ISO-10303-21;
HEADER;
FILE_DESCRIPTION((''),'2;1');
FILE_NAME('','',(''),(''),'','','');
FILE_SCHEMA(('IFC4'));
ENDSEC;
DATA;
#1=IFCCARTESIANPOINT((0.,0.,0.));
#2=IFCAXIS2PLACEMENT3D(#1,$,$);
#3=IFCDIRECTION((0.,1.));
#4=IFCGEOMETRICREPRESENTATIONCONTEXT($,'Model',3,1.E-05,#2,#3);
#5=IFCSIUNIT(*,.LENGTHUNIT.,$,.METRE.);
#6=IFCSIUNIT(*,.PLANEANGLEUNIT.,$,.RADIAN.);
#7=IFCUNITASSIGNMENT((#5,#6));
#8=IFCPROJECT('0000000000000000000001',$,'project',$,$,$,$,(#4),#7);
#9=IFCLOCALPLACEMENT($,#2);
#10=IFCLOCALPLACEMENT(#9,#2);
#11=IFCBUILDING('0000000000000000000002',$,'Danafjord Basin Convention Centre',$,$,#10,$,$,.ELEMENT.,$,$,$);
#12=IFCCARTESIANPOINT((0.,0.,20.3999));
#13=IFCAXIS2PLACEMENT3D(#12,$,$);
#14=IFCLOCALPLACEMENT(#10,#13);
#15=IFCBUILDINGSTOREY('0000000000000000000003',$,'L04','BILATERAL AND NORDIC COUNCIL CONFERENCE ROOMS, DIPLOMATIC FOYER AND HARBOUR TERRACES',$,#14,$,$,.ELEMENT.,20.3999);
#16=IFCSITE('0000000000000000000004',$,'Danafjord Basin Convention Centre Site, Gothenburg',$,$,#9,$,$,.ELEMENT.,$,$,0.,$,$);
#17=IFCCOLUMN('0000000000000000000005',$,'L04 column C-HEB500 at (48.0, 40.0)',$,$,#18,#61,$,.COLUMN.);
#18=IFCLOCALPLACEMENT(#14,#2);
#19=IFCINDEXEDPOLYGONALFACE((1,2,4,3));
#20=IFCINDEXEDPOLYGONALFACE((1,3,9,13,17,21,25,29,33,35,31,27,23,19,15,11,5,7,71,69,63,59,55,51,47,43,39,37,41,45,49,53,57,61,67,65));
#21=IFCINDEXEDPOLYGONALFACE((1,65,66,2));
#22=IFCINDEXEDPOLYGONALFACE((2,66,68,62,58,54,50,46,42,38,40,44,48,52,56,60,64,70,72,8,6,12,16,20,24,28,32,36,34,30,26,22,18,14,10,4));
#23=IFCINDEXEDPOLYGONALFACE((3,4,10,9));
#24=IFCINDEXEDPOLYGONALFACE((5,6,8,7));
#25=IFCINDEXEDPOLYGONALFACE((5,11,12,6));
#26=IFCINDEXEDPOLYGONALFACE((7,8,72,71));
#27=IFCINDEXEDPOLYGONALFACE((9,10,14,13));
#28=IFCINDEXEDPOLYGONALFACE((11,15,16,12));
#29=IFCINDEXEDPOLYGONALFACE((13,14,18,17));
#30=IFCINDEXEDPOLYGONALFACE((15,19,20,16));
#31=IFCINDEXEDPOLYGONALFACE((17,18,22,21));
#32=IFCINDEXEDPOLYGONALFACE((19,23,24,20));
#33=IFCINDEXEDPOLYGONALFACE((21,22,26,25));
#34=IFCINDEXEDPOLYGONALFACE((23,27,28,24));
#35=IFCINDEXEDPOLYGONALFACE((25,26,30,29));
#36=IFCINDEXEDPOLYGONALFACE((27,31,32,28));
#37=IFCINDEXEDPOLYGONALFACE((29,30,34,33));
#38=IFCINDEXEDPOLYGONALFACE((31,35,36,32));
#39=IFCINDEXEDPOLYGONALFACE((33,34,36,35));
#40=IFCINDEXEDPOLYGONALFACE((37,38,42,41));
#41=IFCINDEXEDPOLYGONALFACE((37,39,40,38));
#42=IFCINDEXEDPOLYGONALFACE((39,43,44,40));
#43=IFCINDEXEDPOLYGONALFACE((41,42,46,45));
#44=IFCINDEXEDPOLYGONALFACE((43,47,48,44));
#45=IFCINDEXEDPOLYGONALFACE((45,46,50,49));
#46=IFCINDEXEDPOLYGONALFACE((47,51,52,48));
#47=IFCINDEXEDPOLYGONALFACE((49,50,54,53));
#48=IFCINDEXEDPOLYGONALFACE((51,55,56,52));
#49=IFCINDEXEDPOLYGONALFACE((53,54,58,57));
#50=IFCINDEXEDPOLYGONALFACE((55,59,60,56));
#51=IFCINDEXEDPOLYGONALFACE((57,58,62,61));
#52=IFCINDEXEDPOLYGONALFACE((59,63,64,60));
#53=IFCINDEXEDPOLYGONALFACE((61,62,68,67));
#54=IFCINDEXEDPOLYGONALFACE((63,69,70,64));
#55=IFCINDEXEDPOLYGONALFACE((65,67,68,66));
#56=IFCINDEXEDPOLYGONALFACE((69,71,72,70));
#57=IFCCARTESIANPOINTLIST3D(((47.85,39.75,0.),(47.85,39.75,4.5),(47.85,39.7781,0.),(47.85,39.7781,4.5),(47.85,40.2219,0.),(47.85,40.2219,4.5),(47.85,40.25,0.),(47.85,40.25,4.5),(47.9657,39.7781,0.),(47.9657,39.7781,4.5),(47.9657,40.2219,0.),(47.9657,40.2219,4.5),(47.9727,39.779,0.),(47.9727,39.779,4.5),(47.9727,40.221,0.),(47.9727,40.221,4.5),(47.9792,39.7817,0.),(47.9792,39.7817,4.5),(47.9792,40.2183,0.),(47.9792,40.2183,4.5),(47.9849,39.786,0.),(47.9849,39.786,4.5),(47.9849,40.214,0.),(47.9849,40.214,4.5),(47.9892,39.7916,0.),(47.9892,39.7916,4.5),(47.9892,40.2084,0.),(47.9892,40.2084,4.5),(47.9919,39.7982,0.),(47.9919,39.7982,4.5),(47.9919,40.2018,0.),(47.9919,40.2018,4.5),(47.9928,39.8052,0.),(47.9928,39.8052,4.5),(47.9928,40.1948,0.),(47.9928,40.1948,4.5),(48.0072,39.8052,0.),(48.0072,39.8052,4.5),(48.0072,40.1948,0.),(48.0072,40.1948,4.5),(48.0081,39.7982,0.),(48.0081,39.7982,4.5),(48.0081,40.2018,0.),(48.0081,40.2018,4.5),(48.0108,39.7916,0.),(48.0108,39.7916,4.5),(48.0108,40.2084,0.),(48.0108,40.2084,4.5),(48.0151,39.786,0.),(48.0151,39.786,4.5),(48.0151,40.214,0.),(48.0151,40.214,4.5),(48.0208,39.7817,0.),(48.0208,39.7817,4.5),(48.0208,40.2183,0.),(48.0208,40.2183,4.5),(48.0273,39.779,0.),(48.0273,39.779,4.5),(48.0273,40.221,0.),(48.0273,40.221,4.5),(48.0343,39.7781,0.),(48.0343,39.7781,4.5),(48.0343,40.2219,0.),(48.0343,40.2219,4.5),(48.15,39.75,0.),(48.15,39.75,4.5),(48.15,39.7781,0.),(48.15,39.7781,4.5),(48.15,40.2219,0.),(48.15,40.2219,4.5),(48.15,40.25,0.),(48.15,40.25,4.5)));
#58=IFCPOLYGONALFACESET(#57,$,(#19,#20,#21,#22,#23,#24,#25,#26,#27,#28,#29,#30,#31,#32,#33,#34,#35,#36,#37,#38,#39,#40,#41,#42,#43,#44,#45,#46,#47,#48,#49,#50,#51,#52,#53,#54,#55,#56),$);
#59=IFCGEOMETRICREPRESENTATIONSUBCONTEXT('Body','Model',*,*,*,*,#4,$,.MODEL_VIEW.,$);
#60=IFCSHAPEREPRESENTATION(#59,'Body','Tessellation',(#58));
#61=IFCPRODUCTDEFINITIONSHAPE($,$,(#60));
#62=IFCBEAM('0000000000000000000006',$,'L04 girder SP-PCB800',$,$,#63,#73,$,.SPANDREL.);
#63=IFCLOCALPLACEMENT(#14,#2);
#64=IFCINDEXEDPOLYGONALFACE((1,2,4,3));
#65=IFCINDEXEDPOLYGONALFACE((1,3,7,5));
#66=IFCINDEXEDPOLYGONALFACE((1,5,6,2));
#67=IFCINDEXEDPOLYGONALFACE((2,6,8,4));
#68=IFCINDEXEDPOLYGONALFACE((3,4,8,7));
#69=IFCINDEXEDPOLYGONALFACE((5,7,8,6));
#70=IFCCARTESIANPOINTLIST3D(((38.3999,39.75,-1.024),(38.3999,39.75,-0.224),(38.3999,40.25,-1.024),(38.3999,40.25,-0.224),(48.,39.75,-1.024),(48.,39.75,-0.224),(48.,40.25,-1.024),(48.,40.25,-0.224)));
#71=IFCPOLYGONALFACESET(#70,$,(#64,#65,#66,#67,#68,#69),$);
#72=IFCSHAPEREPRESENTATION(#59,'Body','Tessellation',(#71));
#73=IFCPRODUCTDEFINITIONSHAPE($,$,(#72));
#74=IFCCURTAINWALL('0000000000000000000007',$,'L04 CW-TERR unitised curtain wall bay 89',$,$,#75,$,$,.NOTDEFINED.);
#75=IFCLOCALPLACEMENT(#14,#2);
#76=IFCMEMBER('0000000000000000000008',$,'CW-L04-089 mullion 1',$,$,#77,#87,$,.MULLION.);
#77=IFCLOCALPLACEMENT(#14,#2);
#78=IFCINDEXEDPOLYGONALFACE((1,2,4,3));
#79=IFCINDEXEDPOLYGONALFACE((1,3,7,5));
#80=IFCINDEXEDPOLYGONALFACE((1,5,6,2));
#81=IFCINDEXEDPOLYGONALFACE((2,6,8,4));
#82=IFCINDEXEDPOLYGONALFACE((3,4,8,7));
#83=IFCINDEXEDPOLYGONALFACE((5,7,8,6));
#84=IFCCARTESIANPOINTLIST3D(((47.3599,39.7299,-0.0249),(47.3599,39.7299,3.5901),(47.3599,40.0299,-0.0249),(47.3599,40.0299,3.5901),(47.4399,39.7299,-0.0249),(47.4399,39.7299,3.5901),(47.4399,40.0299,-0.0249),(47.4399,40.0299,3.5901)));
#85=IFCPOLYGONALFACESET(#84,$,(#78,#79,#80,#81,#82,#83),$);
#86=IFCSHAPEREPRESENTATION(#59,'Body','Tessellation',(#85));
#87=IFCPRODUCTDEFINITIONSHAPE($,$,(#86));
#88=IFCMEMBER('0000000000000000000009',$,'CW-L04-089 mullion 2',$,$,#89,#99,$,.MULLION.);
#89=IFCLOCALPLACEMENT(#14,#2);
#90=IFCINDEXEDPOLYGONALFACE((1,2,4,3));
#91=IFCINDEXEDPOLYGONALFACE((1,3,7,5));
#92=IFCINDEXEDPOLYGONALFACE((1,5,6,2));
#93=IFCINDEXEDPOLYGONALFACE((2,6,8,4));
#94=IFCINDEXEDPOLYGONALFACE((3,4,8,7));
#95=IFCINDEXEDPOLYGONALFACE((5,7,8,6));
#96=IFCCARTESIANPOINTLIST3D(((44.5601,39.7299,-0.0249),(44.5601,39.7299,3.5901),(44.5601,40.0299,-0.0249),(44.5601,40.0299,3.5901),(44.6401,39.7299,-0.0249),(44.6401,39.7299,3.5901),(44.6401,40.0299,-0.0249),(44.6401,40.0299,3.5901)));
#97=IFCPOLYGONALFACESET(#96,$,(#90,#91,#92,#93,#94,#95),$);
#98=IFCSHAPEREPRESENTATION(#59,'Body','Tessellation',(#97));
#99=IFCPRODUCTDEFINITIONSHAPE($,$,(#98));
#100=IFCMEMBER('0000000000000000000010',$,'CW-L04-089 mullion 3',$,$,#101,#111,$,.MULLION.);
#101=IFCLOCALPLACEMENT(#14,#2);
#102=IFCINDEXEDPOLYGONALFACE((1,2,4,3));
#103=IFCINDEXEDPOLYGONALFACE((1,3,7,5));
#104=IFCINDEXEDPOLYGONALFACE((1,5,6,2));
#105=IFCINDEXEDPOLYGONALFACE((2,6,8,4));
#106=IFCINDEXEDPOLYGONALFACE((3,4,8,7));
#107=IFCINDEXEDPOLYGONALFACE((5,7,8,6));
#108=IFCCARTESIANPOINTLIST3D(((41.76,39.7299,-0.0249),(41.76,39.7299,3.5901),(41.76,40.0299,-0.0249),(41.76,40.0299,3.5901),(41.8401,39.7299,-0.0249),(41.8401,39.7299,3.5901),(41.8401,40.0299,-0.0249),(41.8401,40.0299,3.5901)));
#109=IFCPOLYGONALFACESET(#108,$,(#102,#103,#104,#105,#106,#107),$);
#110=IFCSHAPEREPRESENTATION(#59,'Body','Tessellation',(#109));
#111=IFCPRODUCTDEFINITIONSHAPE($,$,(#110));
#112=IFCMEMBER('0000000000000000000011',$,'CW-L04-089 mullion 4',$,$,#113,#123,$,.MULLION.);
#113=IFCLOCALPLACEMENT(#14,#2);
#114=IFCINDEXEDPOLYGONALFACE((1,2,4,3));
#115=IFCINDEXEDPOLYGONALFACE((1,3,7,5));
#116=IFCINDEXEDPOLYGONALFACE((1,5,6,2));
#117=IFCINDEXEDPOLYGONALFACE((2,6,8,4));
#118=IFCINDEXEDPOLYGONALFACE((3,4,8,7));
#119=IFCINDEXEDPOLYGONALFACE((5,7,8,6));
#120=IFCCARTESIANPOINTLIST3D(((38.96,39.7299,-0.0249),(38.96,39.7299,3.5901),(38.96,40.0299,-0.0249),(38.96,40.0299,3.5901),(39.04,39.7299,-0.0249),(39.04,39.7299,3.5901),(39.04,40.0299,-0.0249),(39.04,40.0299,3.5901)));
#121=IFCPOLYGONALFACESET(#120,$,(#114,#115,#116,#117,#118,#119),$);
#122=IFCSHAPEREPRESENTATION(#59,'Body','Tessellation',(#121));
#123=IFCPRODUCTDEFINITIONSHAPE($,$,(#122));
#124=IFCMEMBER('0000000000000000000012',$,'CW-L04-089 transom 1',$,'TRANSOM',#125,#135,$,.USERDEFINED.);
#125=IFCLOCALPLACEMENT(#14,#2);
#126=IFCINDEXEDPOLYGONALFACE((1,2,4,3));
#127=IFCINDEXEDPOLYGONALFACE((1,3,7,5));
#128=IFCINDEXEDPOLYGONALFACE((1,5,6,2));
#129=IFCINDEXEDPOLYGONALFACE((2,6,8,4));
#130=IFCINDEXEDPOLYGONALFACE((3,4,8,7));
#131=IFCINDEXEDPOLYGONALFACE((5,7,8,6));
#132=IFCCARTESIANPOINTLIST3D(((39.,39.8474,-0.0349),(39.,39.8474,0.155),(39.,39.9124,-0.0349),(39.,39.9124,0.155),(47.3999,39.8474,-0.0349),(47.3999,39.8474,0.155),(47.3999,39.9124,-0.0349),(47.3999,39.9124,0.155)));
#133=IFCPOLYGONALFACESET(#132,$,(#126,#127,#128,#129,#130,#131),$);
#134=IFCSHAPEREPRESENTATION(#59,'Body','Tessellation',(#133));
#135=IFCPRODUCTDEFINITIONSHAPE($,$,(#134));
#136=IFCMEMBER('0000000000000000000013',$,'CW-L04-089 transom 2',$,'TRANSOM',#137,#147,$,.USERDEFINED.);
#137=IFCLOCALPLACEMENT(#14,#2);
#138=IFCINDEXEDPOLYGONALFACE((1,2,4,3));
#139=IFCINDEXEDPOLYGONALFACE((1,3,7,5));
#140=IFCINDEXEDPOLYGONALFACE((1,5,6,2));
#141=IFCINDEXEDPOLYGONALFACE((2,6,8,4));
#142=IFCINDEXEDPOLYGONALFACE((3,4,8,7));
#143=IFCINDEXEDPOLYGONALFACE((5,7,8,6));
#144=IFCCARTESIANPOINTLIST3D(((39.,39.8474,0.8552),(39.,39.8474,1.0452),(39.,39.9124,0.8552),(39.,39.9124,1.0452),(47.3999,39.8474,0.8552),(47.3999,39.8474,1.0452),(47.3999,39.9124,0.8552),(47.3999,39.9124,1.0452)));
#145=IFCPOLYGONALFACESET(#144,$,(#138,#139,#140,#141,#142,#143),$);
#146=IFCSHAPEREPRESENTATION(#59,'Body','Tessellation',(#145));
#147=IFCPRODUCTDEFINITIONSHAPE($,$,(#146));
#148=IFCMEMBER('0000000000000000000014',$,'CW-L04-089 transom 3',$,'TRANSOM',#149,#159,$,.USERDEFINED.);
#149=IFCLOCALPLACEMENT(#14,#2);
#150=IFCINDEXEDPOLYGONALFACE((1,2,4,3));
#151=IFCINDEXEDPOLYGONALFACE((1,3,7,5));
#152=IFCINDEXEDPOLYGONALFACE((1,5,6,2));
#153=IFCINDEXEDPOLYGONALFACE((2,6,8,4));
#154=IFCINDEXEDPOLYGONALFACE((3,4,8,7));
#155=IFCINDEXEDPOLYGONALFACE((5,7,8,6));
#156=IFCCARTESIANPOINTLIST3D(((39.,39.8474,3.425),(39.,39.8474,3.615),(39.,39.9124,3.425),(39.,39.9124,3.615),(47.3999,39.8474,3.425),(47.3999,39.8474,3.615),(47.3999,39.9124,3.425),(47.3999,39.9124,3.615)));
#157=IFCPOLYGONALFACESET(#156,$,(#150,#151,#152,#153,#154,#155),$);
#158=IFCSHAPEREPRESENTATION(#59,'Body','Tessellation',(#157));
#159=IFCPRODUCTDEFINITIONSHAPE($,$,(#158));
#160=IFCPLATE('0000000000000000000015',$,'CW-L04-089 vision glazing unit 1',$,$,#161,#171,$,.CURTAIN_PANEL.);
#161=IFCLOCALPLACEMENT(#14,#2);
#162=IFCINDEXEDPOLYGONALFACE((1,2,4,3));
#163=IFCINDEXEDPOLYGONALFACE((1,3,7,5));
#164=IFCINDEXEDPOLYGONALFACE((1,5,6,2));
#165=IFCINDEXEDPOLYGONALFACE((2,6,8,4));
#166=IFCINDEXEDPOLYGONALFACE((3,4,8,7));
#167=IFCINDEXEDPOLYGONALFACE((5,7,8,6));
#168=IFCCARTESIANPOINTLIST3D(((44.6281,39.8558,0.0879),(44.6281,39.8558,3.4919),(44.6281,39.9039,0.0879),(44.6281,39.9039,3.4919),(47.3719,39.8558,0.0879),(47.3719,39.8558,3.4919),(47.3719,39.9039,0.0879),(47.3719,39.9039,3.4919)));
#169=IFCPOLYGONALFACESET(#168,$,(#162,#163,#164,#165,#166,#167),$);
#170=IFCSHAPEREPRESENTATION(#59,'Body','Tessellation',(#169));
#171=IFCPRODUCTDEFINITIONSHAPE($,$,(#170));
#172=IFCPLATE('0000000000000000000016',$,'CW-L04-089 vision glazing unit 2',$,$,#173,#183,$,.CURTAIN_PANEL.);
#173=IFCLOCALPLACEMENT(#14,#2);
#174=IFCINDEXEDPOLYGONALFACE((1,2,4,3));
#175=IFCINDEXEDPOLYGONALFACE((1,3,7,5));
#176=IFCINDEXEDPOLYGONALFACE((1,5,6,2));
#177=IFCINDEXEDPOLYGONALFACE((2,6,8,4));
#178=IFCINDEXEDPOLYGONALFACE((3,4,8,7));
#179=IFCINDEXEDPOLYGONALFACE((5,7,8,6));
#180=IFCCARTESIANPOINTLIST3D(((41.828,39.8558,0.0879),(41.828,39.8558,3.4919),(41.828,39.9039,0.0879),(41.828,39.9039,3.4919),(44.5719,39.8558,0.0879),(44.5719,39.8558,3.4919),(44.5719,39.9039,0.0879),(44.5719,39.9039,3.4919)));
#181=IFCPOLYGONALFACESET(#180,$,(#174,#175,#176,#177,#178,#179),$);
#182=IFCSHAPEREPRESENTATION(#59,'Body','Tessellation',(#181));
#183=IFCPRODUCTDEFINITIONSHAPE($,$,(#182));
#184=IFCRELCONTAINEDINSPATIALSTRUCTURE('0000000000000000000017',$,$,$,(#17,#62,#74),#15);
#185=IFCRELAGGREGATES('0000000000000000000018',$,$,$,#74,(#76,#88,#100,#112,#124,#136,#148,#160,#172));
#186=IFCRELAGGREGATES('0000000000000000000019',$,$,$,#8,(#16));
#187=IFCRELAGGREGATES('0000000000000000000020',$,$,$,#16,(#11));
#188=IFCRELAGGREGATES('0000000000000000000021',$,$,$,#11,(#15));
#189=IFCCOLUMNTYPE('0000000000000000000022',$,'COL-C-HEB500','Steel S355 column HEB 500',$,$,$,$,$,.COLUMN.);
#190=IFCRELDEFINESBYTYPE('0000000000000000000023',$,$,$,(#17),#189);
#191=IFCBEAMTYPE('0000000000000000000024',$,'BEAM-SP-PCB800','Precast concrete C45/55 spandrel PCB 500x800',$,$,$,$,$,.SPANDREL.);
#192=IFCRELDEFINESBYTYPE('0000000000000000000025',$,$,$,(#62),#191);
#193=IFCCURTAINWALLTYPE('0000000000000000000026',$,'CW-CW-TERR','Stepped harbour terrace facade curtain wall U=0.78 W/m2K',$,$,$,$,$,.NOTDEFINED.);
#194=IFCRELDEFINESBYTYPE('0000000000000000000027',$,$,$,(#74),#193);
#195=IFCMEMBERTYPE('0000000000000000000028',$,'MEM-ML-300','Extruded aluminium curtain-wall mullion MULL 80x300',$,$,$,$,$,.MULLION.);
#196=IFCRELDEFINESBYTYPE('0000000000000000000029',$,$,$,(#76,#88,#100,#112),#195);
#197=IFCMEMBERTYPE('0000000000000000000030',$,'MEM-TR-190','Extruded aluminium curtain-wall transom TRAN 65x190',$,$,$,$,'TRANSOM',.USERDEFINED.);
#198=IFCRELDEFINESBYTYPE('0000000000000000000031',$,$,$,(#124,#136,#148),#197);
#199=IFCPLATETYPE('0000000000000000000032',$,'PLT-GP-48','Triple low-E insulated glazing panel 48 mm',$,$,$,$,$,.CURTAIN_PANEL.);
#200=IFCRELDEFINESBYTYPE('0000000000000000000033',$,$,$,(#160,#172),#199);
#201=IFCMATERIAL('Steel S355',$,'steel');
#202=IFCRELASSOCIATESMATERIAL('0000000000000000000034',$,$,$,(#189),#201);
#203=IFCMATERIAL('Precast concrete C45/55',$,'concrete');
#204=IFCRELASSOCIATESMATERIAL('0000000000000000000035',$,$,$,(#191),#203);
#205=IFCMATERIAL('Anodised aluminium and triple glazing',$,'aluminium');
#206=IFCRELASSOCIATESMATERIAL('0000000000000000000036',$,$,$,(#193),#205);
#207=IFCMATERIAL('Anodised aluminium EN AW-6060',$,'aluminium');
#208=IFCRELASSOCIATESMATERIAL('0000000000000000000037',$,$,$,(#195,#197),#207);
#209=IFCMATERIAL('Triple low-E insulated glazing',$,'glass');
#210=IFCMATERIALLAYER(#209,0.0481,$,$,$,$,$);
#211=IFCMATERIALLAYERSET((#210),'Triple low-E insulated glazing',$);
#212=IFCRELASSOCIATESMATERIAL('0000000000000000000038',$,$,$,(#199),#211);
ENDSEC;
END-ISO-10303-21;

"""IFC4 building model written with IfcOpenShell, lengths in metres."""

from ifc_helpers import new_model, si_unit, direction, frame, origin, origin_2d, place, context, subcontext, project, spatial, rectangle, i_section, extrude, material, layer, layer_set, material_profile, profile_set, type_object, element, aggregate, save


model = new_model("IFC4")

# Units and contexts
model_context = context("Model", 3, precision=1e-05, world=origin(), true_north=direction((0.0, 1.0)))
body_context = subcontext(model_context, "Body", "Model", "MODEL_VIEW")
ifc_project = project(units=[si_unit("LENGTHUNIT", "METRE"), si_unit("PLANEANGLEUNIT", "RADIAN")], contexts=[model_context])

# Site, building, storey
site_placement = place(None, origin())
site = spatial("IfcSite", under=ifc_project, at=site_placement, Name="Danafjord Basin Convention Centre Site, Gothenburg", CompositionType="ELEMENT", RefElevation=0.0)
building_placement = place(site_placement, origin())
building = spatial("IfcBuilding", under=site, at=building_placement, Name="Danafjord Basin Convention Centre", CompositionType="ELEMENT")
storey_placement = place(building_placement, frame((0.0, 0.0, 20.3999)))
storey = spatial("IfcBuildingStorey", under=building, at=storey_placement, Name="L04", Description="BILATERAL AND NORDIC COUNCIL CONFERENCE ROOMS, DIPLOMATIC FOYER AND HARBOUR TERRACES", CompositionType="ELEMENT", Elevation=20.3999)

# Column
ifc_material_1 = material(Name="Steel S355", Category="steel")
ifc_material_profile_1 = material_profile(ifc_material_1, i_section(OverallWidth=0.3, OverallDepth=0.5, WebThickness=0.0144, FlangeThickness=0.0281, FilletRadius=0.0271, at=origin_2d()), Name="HEB 500")
ifc_profile_set_1 = profile_set([ifc_material_profile_1], Name="Steel S355")
column_type_1 = type_object("IfcColumnType", Name="COL-C-HEB500", Description="Steel S355 column HEB 500", PredefinedType="COLUMN", material=ifc_profile_set_1)
column_1_placement = place(storey_placement, frame((48.0, 40.0, 0.0), z_axis=(0.0, 0.0, 1.0), x_axis=(1.0, 0.0, 0.0)))
element("IfcColumn", 1, at=column_1_placement, inside=storey, type_object=column_type_1, Name="L04 column C-HEB500 at (48.0, 40.0)", PredefinedType="COLUMN", context=body_context, shape_type="SweptSolid", body=[
    extrude(i_section(OverallWidth=0.3, OverallDepth=0.5, WebThickness=0.0144, FlangeThickness=0.0281, FilletRadius=0.0271, at=origin_2d()), origin(), (0.0, 0.0, 1.0), 4.5),
])

# Beam
ifc_material_2 = material(Name="Precast concrete C45/55", Category="concrete")
ifc_material_profile_2 = material_profile(ifc_material_2, rectangle(XDim=0.5, YDim=0.8, at=origin_2d()), Name="PCB 500x800")
ifc_profile_set_2 = profile_set([ifc_material_profile_2], Name="Precast concrete C45/55")
beam_type = type_object("IfcBeamType", Name="BEAM-SP-PCB800", Description="Precast concrete C45/55 spandrel PCB 500x800", PredefinedType="SPANDREL", material=ifc_profile_set_2)
beam_placement = place(storey_placement, frame((38.3999, 40.0, -0.624), z_axis=(1.0, 0.0, 0.0), x_axis=(0.0, 1.0, 0.0)))
element("IfcBeam", 2, at=beam_placement, inside=storey, type_object=beam_type, Name="L04 girder SP-PCB800", PredefinedType="SPANDREL", context=body_context, shape_type="SweptSolid", body=[
    extrude(rectangle(XDim=0.5, YDim=0.8, at=origin_2d()), origin(), (0.0, 0.0, 1.0), 9.6001),
])

# Curtain wall, members, plates
ifc_material_3 = material(Name="Anodised aluminium and triple glazing", Category="aluminium")
curtain_wall_type = type_object("IfcCurtainWallType", Name="CW-CW-TERR", Description="Stepped harbour terrace facade curtain wall U=0.78 W/m2K", PredefinedType="NOTDEFINED", material=ifc_material_3)
curtain_wall_placement = place(storey_placement, origin())
curtain_wall = element("IfcCurtainWall", 3, at=curtain_wall_placement, inside=storey, type_object=curtain_wall_type, Name="L04 CW-TERR unitised curtain wall bay 89", PredefinedType="NOTDEFINED")
ifc_material_4 = material(Name="Anodised aluminium EN AW-6060", Category="aluminium")
ifc_material_profile_3 = material_profile(ifc_material_4, rectangle(XDim=0.0801, YDim=0.3, at=origin_2d()), Name="MULL 80x300")
ifc_profile_set_3 = profile_set([ifc_material_profile_3], Name="Anodised aluminium EN AW-6060")
member_type_1 = type_object("IfcMemberType", Name="MEM-ML-300", Description="Extruded aluminium curtain-wall mullion MULL 80x300", PredefinedType="MULLION", material=ifc_profile_set_3)
member_1_placement = place(storey_placement, frame((47.3999, 39.8799, -0.0249), z_axis=(0.0, 0.0, 1.0), x_axis=(-1.0, 0.0, 0.0)))
member_1 = element("IfcMember", 4, at=member_1_placement, type_object=member_type_1, Name="CW-L04-089 mullion 1", PredefinedType="MULLION", context=body_context, shape_type="SweptSolid", body=[
    extrude(rectangle(XDim=0.0801, YDim=0.3, at=origin_2d()), origin(), (0.0, 0.0, 1.0), 3.615),
])
member_2_placement = place(storey_placement, frame((44.6001, 39.8799, -0.0249), z_axis=(0.0, 0.0, 1.0), x_axis=(-1.0, 0.0, 0.0)))
member_2 = element("IfcMember", 5, at=member_2_placement, type_object=member_type_1, Name="CW-L04-089 mullion 2", PredefinedType="MULLION", context=body_context, shape_type="SweptSolid", body=[
    extrude(rectangle(XDim=0.0801, YDim=0.3, at=origin_2d()), origin(), (0.0, 0.0, 1.0), 3.615),
])
member_3_placement = place(storey_placement, frame((41.8, 39.8799, -0.0249), z_axis=(0.0, 0.0, 1.0), x_axis=(-1.0, 0.0, 0.0)))
member_3 = element("IfcMember", 6, at=member_3_placement, type_object=member_type_1, Name="CW-L04-089 mullion 3", PredefinedType="MULLION", context=body_context, shape_type="SweptSolid", body=[
    extrude(rectangle(XDim=0.0801, YDim=0.3, at=origin_2d()), origin(), (0.0, 0.0, 1.0), 3.615),
])
member_4_placement = place(storey_placement, frame((39.0, 39.8799, -0.0249), z_axis=(0.0, 0.0, 1.0), x_axis=(-1.0, 0.0, 0.0)))
member_4 = element("IfcMember", 7, at=member_4_placement, type_object=member_type_1, Name="CW-L04-089 mullion 4", PredefinedType="MULLION", context=body_context, shape_type="SweptSolid", body=[
    extrude(rectangle(XDim=0.0801, YDim=0.3, at=origin_2d()), origin(), (0.0, 0.0, 1.0), 3.615),
])
ifc_material_profile_4 = material_profile(ifc_material_4, rectangle(XDim=0.0649, YDim=0.1899, at=origin_2d()), Name="TRAN 65x190")
ifc_profile_set_4 = profile_set([ifc_material_profile_4], Name="Anodised aluminium EN AW-6060")
member_type_2 = type_object("IfcMemberType", Name="MEM-TR-190", Description="Extruded aluminium curtain-wall transom TRAN 65x190", ElementType="TRANSOM", PredefinedType="USERDEFINED", material=ifc_profile_set_4)
member_5_placement = place(storey_placement, frame((47.3999, 39.8799, 0.0601), z_axis=(-1.0, 0.0, 0.0), x_axis=(0.0, -1.0, 0.0)))
member_5 = element("IfcMember", 8, at=member_5_placement, type_object=member_type_2, Name="CW-L04-089 transom 1", ObjectType="TRANSOM", PredefinedType="USERDEFINED", context=body_context, shape_type="SweptSolid", body=[
    extrude(rectangle(XDim=0.0649, YDim=0.1899, at=origin_2d()), origin(), (0.0, 0.0, 1.0), 8.3999),
])
member_6_placement = place(storey_placement, frame((47.3999, 39.8799, 0.9502), z_axis=(-1.0, 0.0, 0.0), x_axis=(0.0, -1.0, 0.0)))
member_6 = element("IfcMember", 9, at=member_6_placement, type_object=member_type_2, Name="CW-L04-089 transom 2", ObjectType="TRANSOM", PredefinedType="USERDEFINED", context=body_context, shape_type="SweptSolid", body=[
    extrude(rectangle(XDim=0.0649, YDim=0.1899, at=origin_2d()), origin(), (0.0, 0.0, 1.0), 8.3999),
])
member_7_placement = place(storey_placement, frame((47.3999, 39.8799, 3.52), z_axis=(-1.0, 0.0, 0.0), x_axis=(0.0, -1.0, 0.0)))
member_7 = element("IfcMember", 10, at=member_7_placement, type_object=member_type_2, Name="CW-L04-089 transom 3", ObjectType="TRANSOM", PredefinedType="USERDEFINED", context=body_context, shape_type="SweptSolid", body=[
    extrude(rectangle(XDim=0.0649, YDim=0.1899, at=origin_2d()), origin(), (0.0, 0.0, 1.0), 8.3999),
])
ifc_material_5 = material(Name="Triple low-E insulated glazing", Category="glass")
ifc_layer_1 = layer(ifc_material_5, 0.0481)
ifc_layer_set_1 = layer_set([ifc_layer_1], Name="Triple low-E insulated glazing")
plate_type = type_object("IfcPlateType", Name="PLT-GP-48", Description="Triple low-E insulated glazing panel 48 mm", PredefinedType="CURTAIN_PANEL", material=ifc_layer_set_1)
plate_1_placement = place(storey_placement, frame((46.0, 39.8799, 0.0879), z_axis=(0.0, 0.0, 1.0), x_axis=(-1.0, 0.0, 0.0)))
plate_1 = element("IfcPlate", 11, at=plate_1_placement, type_object=plate_type, Name="CW-L04-089 vision glazing unit 1", PredefinedType="CURTAIN_PANEL", context=body_context, shape_type="SweptSolid", body=[
    extrude(rectangle(XDim=2.7439, YDim=0.0481, at=origin_2d()), origin(), (0.0, 0.0, 1.0), 3.4041),
])
plate_2_placement = place(storey_placement, frame((43.2, 39.8799, 0.0879), z_axis=(0.0, 0.0, 1.0), x_axis=(-1.0, 0.0, 0.0)))
plate_2 = element("IfcPlate", 12, at=plate_2_placement, type_object=plate_type, Name="CW-L04-089 vision glazing unit 2", PredefinedType="CURTAIN_PANEL", context=body_context, shape_type="SweptSolid", body=[
    extrude(rectangle(XDim=2.7439, YDim=0.0481, at=origin_2d()), origin(), (0.0, 0.0, 1.0), 3.4041),
])
aggregate(curtain_wall, [member_1, member_2, member_3, member_4, member_5, member_6, member_7, plate_1, plate_2])

save(model, "model.ifc")
